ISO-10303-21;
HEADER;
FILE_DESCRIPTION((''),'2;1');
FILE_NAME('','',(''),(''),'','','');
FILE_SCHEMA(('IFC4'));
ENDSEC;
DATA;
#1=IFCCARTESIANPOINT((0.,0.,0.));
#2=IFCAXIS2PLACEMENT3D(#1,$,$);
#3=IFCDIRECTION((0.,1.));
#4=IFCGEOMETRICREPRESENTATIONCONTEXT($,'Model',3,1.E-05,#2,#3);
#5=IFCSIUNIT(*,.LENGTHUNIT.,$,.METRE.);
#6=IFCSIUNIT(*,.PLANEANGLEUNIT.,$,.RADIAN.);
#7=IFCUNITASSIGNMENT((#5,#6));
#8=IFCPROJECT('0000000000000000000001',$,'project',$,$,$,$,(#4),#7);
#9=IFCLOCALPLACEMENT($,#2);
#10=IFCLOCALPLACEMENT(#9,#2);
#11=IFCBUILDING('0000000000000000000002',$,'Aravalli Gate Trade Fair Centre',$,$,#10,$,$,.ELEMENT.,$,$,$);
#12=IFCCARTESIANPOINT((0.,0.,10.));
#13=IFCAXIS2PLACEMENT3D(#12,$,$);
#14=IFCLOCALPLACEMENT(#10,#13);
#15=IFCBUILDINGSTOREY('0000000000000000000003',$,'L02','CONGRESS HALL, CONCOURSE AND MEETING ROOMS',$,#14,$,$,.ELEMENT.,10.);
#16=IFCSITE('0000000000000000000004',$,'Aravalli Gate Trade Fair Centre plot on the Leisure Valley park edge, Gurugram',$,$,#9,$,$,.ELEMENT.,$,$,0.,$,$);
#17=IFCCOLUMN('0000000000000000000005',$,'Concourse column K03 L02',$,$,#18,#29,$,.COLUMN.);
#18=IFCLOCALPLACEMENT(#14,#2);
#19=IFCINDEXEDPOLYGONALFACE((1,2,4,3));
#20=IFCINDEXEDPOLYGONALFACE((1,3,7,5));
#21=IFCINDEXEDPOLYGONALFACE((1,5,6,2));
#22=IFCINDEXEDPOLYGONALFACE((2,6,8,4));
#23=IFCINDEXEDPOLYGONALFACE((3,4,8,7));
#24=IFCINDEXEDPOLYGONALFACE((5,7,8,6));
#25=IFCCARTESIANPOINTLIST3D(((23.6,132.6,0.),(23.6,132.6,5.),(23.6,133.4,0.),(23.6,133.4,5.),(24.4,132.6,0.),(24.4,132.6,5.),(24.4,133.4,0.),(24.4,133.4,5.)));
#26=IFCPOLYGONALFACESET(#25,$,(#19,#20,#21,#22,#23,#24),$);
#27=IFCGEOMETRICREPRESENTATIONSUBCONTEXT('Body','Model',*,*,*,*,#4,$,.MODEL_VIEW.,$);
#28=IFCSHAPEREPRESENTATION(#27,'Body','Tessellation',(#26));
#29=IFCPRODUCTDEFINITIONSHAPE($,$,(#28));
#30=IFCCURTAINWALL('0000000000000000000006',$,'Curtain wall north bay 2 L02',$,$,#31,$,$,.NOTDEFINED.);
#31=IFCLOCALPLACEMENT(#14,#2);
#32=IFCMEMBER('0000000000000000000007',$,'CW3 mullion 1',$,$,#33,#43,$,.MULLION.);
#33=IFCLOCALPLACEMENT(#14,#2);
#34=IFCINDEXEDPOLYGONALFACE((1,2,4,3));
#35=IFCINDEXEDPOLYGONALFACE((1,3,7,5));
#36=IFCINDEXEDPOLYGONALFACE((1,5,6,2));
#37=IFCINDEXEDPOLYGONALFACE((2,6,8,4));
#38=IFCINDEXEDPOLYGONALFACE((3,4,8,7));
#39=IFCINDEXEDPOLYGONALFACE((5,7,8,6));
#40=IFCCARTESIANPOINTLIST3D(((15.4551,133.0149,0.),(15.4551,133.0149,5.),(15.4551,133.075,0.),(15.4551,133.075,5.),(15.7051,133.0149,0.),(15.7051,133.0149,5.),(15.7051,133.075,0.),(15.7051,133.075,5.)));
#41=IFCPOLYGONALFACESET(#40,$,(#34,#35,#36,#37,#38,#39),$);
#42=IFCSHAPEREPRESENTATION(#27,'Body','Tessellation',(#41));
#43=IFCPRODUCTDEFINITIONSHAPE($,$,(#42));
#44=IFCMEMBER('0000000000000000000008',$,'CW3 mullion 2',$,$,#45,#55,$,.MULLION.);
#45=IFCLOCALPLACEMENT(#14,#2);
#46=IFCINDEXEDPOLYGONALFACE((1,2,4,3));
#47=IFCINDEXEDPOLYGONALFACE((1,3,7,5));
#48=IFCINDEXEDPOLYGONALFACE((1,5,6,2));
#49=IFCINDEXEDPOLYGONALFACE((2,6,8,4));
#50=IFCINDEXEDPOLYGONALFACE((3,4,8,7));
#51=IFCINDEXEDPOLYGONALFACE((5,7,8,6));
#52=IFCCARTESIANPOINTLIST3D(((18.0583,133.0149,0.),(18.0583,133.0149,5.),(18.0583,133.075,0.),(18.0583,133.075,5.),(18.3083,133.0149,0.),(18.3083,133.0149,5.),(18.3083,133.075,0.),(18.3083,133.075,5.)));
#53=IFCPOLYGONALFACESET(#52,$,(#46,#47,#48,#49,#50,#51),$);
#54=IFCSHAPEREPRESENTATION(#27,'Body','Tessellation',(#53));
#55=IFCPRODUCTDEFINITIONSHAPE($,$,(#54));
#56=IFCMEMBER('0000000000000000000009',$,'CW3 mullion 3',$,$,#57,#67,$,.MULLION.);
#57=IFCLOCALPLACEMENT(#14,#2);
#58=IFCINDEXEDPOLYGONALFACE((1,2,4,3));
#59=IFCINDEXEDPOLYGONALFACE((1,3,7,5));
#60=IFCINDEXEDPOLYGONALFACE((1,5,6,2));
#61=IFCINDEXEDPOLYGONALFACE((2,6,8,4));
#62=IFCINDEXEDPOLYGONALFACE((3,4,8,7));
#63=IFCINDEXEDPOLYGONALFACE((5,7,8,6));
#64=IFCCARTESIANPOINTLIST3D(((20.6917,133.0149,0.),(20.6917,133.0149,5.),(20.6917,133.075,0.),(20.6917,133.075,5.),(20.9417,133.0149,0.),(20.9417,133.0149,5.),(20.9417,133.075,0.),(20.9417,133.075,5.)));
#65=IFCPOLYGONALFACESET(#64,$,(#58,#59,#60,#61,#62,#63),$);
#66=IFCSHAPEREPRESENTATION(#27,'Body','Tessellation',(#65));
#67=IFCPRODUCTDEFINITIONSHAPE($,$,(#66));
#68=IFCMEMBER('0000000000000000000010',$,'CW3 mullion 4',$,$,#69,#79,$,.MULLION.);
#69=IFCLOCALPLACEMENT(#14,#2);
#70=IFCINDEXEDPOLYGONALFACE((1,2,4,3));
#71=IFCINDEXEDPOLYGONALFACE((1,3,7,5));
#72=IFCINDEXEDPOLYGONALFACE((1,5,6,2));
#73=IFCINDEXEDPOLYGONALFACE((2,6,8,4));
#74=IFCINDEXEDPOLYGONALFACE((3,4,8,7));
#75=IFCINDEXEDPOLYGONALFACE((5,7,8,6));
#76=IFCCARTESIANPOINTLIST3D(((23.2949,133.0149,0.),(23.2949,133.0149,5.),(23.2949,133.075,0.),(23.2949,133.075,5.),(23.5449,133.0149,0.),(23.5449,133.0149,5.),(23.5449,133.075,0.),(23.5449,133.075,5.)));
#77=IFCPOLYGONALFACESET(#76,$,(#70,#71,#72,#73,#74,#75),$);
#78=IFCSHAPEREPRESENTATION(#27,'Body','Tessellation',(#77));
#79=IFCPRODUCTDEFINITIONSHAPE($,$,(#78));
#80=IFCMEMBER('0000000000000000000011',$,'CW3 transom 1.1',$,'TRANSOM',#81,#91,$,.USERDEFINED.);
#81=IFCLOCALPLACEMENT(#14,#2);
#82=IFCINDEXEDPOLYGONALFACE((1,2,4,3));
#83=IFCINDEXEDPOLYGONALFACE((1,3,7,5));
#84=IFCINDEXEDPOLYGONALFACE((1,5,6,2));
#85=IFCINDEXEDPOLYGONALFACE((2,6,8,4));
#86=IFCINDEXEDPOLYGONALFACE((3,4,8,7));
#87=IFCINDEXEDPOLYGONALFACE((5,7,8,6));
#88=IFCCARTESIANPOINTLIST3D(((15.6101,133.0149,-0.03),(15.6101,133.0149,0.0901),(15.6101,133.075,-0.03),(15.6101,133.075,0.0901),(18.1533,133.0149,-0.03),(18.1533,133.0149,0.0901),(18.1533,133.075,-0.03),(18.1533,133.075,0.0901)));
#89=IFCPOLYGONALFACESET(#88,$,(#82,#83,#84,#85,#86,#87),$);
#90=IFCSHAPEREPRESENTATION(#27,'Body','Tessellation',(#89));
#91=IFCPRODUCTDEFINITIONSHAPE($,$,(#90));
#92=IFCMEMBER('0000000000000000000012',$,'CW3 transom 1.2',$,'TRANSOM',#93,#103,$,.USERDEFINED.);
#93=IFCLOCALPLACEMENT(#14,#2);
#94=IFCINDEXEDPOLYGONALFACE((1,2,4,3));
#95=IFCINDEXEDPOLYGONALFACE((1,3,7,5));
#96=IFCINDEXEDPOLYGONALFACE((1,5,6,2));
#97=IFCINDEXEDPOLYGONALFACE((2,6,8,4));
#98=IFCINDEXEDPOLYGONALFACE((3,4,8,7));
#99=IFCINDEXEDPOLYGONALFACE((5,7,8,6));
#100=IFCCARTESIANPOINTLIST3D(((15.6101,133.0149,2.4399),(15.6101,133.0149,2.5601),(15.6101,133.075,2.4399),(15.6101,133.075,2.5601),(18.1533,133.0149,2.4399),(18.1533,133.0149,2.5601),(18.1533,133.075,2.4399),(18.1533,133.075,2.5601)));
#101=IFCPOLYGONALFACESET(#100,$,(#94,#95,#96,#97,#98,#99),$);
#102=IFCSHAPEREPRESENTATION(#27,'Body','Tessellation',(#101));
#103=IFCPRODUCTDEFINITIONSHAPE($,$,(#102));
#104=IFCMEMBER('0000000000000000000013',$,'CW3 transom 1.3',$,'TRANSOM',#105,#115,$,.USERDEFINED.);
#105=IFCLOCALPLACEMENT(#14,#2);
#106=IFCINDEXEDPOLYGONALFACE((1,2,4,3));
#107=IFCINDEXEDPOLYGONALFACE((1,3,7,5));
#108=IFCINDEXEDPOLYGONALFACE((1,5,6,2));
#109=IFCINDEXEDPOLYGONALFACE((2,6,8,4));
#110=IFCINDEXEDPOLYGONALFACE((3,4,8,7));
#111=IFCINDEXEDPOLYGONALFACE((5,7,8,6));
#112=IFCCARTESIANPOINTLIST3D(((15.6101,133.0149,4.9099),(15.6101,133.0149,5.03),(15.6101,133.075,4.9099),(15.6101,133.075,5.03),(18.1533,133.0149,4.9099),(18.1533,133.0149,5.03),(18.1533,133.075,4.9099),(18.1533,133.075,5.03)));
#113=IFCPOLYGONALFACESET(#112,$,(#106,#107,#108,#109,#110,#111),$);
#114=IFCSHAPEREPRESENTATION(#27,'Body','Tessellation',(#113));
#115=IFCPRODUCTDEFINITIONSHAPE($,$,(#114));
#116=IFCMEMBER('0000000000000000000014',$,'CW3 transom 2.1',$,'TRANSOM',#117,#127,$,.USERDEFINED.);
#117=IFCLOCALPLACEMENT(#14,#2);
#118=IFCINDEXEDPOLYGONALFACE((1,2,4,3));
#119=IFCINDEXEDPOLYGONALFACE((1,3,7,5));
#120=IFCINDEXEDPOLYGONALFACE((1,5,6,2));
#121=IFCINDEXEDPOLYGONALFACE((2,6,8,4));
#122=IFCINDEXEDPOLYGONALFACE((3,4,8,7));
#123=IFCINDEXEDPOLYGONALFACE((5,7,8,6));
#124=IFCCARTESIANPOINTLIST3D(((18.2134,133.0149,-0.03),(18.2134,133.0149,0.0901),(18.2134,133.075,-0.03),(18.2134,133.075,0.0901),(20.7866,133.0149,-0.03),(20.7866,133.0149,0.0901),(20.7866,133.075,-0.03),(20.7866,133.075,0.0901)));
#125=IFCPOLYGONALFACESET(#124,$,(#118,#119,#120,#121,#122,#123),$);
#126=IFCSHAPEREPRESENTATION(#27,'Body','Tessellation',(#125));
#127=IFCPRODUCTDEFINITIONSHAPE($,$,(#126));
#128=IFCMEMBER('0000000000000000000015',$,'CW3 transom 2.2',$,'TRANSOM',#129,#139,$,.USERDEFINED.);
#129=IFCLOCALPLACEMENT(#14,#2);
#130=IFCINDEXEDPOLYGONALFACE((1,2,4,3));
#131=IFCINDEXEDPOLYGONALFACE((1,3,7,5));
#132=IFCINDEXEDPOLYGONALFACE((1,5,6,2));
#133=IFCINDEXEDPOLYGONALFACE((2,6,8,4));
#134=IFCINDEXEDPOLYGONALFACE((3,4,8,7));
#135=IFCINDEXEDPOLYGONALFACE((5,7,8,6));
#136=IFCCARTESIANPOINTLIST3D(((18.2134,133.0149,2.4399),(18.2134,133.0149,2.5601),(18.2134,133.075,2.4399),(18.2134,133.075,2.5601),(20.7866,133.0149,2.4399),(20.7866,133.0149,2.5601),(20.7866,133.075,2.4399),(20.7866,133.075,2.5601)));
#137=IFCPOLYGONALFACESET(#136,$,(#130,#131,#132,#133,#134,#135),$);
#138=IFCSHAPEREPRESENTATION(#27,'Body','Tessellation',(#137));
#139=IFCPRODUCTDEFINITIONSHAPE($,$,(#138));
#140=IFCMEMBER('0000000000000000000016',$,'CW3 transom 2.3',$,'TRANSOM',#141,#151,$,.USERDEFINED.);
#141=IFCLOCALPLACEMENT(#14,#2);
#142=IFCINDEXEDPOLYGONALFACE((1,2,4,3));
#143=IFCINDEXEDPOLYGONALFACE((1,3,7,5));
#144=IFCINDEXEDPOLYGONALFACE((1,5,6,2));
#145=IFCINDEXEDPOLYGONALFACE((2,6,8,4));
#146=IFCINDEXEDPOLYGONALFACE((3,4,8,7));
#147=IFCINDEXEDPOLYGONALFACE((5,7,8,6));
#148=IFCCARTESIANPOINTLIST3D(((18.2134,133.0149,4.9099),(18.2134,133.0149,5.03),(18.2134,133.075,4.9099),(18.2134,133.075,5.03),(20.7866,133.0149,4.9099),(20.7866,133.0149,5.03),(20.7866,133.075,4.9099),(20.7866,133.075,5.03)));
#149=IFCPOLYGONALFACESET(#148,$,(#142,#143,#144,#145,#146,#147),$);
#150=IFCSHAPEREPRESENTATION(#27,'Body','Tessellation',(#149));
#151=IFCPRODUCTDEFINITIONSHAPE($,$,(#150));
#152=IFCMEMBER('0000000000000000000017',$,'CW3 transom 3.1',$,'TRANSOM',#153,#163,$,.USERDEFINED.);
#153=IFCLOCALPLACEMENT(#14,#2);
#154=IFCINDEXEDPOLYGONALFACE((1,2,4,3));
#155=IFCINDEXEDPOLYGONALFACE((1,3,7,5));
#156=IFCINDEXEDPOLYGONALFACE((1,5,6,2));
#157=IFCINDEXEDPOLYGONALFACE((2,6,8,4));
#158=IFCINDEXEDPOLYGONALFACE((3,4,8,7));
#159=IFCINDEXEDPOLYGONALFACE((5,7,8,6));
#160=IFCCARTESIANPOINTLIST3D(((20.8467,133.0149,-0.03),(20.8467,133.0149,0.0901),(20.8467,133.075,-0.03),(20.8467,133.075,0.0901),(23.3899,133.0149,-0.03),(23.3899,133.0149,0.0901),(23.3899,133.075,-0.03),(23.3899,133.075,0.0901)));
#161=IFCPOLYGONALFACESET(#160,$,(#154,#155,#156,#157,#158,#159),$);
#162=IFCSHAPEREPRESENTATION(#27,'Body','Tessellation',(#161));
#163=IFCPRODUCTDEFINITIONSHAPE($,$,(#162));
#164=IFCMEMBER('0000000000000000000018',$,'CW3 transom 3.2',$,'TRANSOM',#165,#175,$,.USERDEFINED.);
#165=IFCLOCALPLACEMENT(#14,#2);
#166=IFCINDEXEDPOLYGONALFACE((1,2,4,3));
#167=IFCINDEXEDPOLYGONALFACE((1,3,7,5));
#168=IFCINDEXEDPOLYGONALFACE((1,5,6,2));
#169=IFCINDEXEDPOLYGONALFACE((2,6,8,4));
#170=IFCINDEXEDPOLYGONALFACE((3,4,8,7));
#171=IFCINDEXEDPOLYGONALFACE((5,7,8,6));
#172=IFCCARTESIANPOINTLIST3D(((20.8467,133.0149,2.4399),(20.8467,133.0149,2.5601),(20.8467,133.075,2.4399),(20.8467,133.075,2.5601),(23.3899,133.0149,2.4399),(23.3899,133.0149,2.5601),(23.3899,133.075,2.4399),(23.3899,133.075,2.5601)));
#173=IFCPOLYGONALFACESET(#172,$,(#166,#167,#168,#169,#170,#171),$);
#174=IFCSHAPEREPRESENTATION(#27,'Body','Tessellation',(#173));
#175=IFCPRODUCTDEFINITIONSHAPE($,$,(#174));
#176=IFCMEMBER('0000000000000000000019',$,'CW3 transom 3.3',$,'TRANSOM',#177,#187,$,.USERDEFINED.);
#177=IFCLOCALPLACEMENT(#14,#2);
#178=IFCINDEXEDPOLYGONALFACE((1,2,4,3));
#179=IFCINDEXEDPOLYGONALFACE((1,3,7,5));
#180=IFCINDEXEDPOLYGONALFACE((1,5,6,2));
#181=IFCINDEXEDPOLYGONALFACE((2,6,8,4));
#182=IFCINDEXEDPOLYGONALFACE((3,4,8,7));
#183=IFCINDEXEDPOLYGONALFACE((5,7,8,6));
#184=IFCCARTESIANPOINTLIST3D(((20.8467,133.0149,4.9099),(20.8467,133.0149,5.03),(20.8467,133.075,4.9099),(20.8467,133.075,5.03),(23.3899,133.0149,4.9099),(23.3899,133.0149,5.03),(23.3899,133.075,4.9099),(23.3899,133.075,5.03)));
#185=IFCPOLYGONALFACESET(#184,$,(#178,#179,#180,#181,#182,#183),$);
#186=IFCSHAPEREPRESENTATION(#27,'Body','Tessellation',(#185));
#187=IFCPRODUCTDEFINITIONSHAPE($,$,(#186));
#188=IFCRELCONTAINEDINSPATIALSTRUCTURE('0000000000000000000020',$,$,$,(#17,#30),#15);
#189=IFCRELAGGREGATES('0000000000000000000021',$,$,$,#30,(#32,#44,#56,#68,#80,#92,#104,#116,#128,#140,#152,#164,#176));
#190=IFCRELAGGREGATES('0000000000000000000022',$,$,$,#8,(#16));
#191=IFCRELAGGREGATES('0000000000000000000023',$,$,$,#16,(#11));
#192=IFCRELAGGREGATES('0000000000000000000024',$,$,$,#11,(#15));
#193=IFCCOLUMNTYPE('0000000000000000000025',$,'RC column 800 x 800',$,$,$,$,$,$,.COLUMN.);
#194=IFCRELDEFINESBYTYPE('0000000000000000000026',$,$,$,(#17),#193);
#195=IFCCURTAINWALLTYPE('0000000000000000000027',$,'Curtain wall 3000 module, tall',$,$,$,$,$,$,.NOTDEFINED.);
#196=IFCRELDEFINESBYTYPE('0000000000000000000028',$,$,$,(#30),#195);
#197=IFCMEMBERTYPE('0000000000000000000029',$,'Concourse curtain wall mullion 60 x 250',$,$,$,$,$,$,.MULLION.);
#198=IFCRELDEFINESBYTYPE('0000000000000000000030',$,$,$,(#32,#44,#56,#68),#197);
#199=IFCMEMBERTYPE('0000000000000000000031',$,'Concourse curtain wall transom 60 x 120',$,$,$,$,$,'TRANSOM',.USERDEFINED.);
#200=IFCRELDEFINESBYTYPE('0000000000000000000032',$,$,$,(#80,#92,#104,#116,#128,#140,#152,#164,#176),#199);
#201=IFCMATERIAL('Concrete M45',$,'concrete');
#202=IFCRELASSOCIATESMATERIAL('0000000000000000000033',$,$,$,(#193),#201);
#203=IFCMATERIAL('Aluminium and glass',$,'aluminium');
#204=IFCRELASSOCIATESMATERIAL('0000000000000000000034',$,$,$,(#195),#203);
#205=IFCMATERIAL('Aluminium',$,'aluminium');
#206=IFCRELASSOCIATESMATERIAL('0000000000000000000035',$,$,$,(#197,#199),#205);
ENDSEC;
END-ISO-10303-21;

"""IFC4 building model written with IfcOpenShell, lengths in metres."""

from ifc_helpers import new_model, si_unit, direction, frame, origin, origin_2d, place, context, subcontext, project, spatial, rectangle, extrude, material, material_profile, profile_set, type_object, element, aggregate, save


model = new_model("IFC4")

# Units and contexts
model_context = context("Model", 3, precision=1e-05, world=origin(), true_north=direction((0.0, 1.0)))
body_context = subcontext(model_context, "Body", "Model", "MODEL_VIEW")
ifc_project = project(units=[si_unit("LENGTHUNIT", "METRE"), si_unit("PLANEANGLEUNIT", "RADIAN")], contexts=[model_context])

# Site, building, storey
site_placement = place(None, origin())
site = spatial("IfcSite", under=ifc_project, at=site_placement, Name="Aravalli Gate Trade Fair Centre plot on the Leisure Valley park edge, Gurugram", CompositionType="ELEMENT", RefElevation=0.0)
building_placement = place(site_placement, origin())
building = spatial("IfcBuilding", under=site, at=building_placement, Name="Aravalli Gate Trade Fair Centre", CompositionType="ELEMENT")
storey_placement = place(building_placement, frame((0.0, 0.0, 10.0)))
storey = spatial("IfcBuildingStorey", under=building, at=storey_placement, Name="L02", Description="CONGRESS HALL, CONCOURSE AND MEETING ROOMS", CompositionType="ELEMENT", Elevation=10.0)

# Column
ifc_material_1 = material(Name="Concrete M45", Category="concrete")
ifc_material_profile_1 = material_profile(ifc_material_1, rectangle(XDim=0.8, YDim=0.8, at=origin_2d()), Name="RC column 800 x 800")
ifc_profile_set_1 = profile_set([ifc_material_profile_1], Name="Concrete M45")
column_type = type_object("IfcColumnType", Name="RC column 800 x 800", PredefinedType="COLUMN", material=ifc_profile_set_1)
column_placement = place(storey_placement, frame((24.0, 133.0, 0.0), z_axis=(0.0, 0.0, 1.0), x_axis=(1.0, 0.0, 0.0)))
element("IfcColumn", 1, at=column_placement, inside=storey, type_object=column_type, Name="Concourse column K03 L02", PredefinedType="COLUMN", context=body_context, shape_type="SweptSolid", body=[
    extrude(rectangle(XDim=0.8, YDim=0.8, at=origin_2d()), origin(), (0.0, 0.0, 1.0), 5.0),
])

# Curtain wall, members
ifc_material_2 = material(Name="Aluminium and glass", Category="aluminium")
curtain_wall_type = type_object("IfcCurtainWallType", Name="Curtain wall 3000 module, tall", PredefinedType="NOTDEFINED", material=ifc_material_2)
curtain_wall_placement = place(storey_placement, origin())
curtain_wall = element("IfcCurtainWall", 2, at=curtain_wall_placement, inside=storey, type_object=curtain_wall_type, Name="Curtain wall north bay 2 L02", PredefinedType="NOTDEFINED")
ifc_material_3 = material(Name="Aluminium", Category="aluminium")
ifc_material_profile_2 = material_profile(ifc_material_3, rectangle(XDim=0.0601, YDim=0.25, at=origin_2d()), Name="Concourse curtain wall mullion 60 x 250")
ifc_profile_set_2 = profile_set([ifc_material_profile_2], Name="Aluminium")
member_type_1 = type_object("IfcMemberType", Name="Concourse curtain wall mullion 60 x 250", PredefinedType="MULLION", material=ifc_profile_set_2)
member_1_placement = place(storey_placement, frame((15.5801, 133.0449, 0.0), z_axis=(0.0, 0.0, 1.0), x_axis=(0.0, 1.0, 0.0)))
member_1 = element("IfcMember", 3, at=member_1_placement, type_object=member_type_1, Name="CW3 mullion 1", PredefinedType="MULLION", context=body_context, shape_type="SweptSolid", body=[
    extrude(rectangle(XDim=0.0601, YDim=0.25, at=origin_2d()), origin(), (0.0, 0.0, 1.0), 5.0),
])
member_2_placement = place(storey_placement, frame((18.1833, 133.0449, 0.0), z_axis=(0.0, 0.0, 1.0), x_axis=(0.0, 1.0, 0.0)))
member_2 = element("IfcMember", 4, at=member_2_placement, type_object=member_type_1, Name="CW3 mullion 2", PredefinedType="MULLION", context=body_context, shape_type="SweptSolid", body=[
    extrude(rectangle(XDim=0.0601, YDim=0.25, at=origin_2d()), origin(), (0.0, 0.0, 1.0), 5.0),
])
member_3_placement = place(storey_placement, frame((20.8167, 133.0449, 0.0), z_axis=(0.0, 0.0, 1.0), x_axis=(0.0, 1.0, 0.0)))
member_3 = element("IfcMember", 5, at=member_3_placement, type_object=member_type_1, Name="CW3 mullion 3", PredefinedType="MULLION", context=body_context, shape_type="SweptSolid", body=[
    extrude(rectangle(XDim=0.0601, YDim=0.25, at=origin_2d()), origin(), (0.0, 0.0, 1.0), 5.0),
])
member_4_placement = place(storey_placement, frame((23.4199, 133.0449, 0.0), z_axis=(0.0, 0.0, 1.0), x_axis=(0.0, 1.0, 0.0)))
member_4 = element("IfcMember", 6, at=member_4_placement, type_object=member_type_1, Name="CW3 mullion 4", PredefinedType="MULLION", context=body_context, shape_type="SweptSolid", body=[
    extrude(rectangle(XDim=0.0601, YDim=0.25, at=origin_2d()), origin(), (0.0, 0.0, 1.0), 5.0),
])
ifc_material_profile_3 = material_profile(ifc_material_3, rectangle(XDim=0.0601, YDim=0.1201, at=origin_2d()), Name="Concourse curtain wall transom 60 x 120")
ifc_profile_set_3 = profile_set([ifc_material_profile_3], Name="Aluminium")
member_type_2 = type_object("IfcMemberType", Name="Concourse curtain wall transom 60 x 120", ElementType="TRANSOM", PredefinedType="USERDEFINED", material=ifc_profile_set_3)
member_5_placement = place(storey_placement, frame((15.6101, 133.0449, 0.03), z_axis=(1.0, 0.0, 0.0), x_axis=(0.0, 1.0, 0.0)))
member_5 = element("IfcMember", 7, at=member_5_placement, type_object=member_type_2, Name="CW3 transom 1.1", ObjectType="TRANSOM", PredefinedType="USERDEFINED", context=body_context, shape_type="SweptSolid", body=[
    extrude(rectangle(XDim=0.0601, YDim=0.1201, at=origin_2d()), origin(), (0.0, 0.0, 1.0), 2.5432),
])
member_6_placement = place(storey_placement, frame((15.6101, 133.0449, 2.5), z_axis=(1.0, 0.0, 0.0), x_axis=(0.0, 1.0, 0.0)))
member_6 = element("IfcMember", 8, at=member_6_placement, type_object=member_type_2, Name="CW3 transom 1.2", ObjectType="TRANSOM", PredefinedType="USERDEFINED", context=body_context, shape_type="SweptSolid", body=[
    extrude(rectangle(XDim=0.0601, YDim=0.1201, at=origin_2d()), origin(), (0.0, 0.0, 1.0), 2.5432),
])
member_7_placement = place(storey_placement, frame((15.6101, 133.0449, 4.97), z_axis=(1.0, 0.0, 0.0), x_axis=(0.0, 1.0, 0.0)))
member_7 = element("IfcMember", 9, at=member_7_placement, type_object=member_type_2, Name="CW3 transom 1.3", ObjectType="TRANSOM", PredefinedType="USERDEFINED", context=body_context, shape_type="SweptSolid", body=[
    extrude(rectangle(XDim=0.0601, YDim=0.1201, at=origin_2d()), origin(), (0.0, 0.0, 1.0), 2.5432),
])
member_8_placement = place(storey_placement, frame((18.2134, 133.0449, 0.03), z_axis=(1.0, 0.0, 0.0), x_axis=(0.0, 1.0, 0.0)))
member_8 = element("IfcMember", 10, at=member_8_placement, type_object=member_type_2, Name="CW3 transom 2.1", ObjectType="TRANSOM", PredefinedType="USERDEFINED", context=body_context, shape_type="SweptSolid", body=[
    extrude(rectangle(XDim=0.0601, YDim=0.1201, at=origin_2d()), origin(), (0.0, 0.0, 1.0), 2.5732),
])
member_9_placement = place(storey_placement, frame((18.2134, 133.0449, 2.5), z_axis=(1.0, 0.0, 0.0), x_axis=(0.0, 1.0, 0.0)))
member_9 = element("IfcMember", 11, at=member_9_placement, type_object=member_type_2, Name="CW3 transom 2.2", ObjectType="TRANSOM", PredefinedType="USERDEFINED", context=body_context, shape_type="SweptSolid", body=[
    extrude(rectangle(XDim=0.0601, YDim=0.1201, at=origin_2d()), origin(), (0.0, 0.0, 1.0), 2.5732),
])
member_10_placement = place(storey_placement, frame((18.2134, 133.0449, 4.97), z_axis=(1.0, 0.0, 0.0), x_axis=(0.0, 1.0, 0.0)))
member_10 = element("IfcMember", 12, at=member_10_placement, type_object=member_type_2, Name="CW3 transom 2.3", ObjectType="TRANSOM", PredefinedType="USERDEFINED", context=body_context, shape_type="SweptSolid", body=[
    extrude(rectangle(XDim=0.0601, YDim=0.1201, at=origin_2d()), origin(), (0.0, 0.0, 1.0), 2.5732),
])
member_11_placement = place(storey_placement, frame((20.8467, 133.0449, 0.03), z_axis=(1.0, 0.0, 0.0), x_axis=(0.0, 1.0, 0.0)))
member_11 = element("IfcMember", 13, at=member_11_placement, type_object=member_type_2, Name="CW3 transom 3.1", ObjectType="TRANSOM", PredefinedType="USERDEFINED", context=body_context, shape_type="SweptSolid", body=[
    extrude(rectangle(XDim=0.0601, YDim=0.1201, at=origin_2d()), origin(), (0.0, 0.0, 1.0), 2.5432),
])
member_12_placement = place(storey_placement, frame((20.8467, 133.0449, 2.5), z_axis=(1.0, 0.0, 0.0), x_axis=(0.0, 1.0, 0.0)))
member_12 = element("IfcMember", 14, at=member_12_placement, type_object=member_type_2, Name="CW3 transom 3.2", ObjectType="TRANSOM", PredefinedType="USERDEFINED", context=body_context, shape_type="SweptSolid", body=[
    extrude(rectangle(XDim=0.0601, YDim=0.1201, at=origin_2d()), origin(), (0.0, 0.0, 1.0), 2.5432),
])
member_13_placement = place(storey_placement, frame((20.8467, 133.0449, 4.97), z_axis=(1.0, 0.0, 0.0), x_axis=(0.0, 1.0, 0.0)))
member_13 = element("IfcMember", 15, at=member_13_placement, type_object=member_type_2, Name="CW3 transom 3.3", ObjectType="TRANSOM", PredefinedType="USERDEFINED", context=body_context, shape_type="SweptSolid", body=[
    extrude(rectangle(XDim=0.0601, YDim=0.1201, at=origin_2d()), origin(), (0.0, 0.0, 1.0), 2.5432),
])

aggregate(curtain_wall, [member_1, member_2, member_3, member_4, member_5, member_6, member_7, member_8, member_9, member_10, member_11, member_12, member_13])

save(model, "model.ifc")
